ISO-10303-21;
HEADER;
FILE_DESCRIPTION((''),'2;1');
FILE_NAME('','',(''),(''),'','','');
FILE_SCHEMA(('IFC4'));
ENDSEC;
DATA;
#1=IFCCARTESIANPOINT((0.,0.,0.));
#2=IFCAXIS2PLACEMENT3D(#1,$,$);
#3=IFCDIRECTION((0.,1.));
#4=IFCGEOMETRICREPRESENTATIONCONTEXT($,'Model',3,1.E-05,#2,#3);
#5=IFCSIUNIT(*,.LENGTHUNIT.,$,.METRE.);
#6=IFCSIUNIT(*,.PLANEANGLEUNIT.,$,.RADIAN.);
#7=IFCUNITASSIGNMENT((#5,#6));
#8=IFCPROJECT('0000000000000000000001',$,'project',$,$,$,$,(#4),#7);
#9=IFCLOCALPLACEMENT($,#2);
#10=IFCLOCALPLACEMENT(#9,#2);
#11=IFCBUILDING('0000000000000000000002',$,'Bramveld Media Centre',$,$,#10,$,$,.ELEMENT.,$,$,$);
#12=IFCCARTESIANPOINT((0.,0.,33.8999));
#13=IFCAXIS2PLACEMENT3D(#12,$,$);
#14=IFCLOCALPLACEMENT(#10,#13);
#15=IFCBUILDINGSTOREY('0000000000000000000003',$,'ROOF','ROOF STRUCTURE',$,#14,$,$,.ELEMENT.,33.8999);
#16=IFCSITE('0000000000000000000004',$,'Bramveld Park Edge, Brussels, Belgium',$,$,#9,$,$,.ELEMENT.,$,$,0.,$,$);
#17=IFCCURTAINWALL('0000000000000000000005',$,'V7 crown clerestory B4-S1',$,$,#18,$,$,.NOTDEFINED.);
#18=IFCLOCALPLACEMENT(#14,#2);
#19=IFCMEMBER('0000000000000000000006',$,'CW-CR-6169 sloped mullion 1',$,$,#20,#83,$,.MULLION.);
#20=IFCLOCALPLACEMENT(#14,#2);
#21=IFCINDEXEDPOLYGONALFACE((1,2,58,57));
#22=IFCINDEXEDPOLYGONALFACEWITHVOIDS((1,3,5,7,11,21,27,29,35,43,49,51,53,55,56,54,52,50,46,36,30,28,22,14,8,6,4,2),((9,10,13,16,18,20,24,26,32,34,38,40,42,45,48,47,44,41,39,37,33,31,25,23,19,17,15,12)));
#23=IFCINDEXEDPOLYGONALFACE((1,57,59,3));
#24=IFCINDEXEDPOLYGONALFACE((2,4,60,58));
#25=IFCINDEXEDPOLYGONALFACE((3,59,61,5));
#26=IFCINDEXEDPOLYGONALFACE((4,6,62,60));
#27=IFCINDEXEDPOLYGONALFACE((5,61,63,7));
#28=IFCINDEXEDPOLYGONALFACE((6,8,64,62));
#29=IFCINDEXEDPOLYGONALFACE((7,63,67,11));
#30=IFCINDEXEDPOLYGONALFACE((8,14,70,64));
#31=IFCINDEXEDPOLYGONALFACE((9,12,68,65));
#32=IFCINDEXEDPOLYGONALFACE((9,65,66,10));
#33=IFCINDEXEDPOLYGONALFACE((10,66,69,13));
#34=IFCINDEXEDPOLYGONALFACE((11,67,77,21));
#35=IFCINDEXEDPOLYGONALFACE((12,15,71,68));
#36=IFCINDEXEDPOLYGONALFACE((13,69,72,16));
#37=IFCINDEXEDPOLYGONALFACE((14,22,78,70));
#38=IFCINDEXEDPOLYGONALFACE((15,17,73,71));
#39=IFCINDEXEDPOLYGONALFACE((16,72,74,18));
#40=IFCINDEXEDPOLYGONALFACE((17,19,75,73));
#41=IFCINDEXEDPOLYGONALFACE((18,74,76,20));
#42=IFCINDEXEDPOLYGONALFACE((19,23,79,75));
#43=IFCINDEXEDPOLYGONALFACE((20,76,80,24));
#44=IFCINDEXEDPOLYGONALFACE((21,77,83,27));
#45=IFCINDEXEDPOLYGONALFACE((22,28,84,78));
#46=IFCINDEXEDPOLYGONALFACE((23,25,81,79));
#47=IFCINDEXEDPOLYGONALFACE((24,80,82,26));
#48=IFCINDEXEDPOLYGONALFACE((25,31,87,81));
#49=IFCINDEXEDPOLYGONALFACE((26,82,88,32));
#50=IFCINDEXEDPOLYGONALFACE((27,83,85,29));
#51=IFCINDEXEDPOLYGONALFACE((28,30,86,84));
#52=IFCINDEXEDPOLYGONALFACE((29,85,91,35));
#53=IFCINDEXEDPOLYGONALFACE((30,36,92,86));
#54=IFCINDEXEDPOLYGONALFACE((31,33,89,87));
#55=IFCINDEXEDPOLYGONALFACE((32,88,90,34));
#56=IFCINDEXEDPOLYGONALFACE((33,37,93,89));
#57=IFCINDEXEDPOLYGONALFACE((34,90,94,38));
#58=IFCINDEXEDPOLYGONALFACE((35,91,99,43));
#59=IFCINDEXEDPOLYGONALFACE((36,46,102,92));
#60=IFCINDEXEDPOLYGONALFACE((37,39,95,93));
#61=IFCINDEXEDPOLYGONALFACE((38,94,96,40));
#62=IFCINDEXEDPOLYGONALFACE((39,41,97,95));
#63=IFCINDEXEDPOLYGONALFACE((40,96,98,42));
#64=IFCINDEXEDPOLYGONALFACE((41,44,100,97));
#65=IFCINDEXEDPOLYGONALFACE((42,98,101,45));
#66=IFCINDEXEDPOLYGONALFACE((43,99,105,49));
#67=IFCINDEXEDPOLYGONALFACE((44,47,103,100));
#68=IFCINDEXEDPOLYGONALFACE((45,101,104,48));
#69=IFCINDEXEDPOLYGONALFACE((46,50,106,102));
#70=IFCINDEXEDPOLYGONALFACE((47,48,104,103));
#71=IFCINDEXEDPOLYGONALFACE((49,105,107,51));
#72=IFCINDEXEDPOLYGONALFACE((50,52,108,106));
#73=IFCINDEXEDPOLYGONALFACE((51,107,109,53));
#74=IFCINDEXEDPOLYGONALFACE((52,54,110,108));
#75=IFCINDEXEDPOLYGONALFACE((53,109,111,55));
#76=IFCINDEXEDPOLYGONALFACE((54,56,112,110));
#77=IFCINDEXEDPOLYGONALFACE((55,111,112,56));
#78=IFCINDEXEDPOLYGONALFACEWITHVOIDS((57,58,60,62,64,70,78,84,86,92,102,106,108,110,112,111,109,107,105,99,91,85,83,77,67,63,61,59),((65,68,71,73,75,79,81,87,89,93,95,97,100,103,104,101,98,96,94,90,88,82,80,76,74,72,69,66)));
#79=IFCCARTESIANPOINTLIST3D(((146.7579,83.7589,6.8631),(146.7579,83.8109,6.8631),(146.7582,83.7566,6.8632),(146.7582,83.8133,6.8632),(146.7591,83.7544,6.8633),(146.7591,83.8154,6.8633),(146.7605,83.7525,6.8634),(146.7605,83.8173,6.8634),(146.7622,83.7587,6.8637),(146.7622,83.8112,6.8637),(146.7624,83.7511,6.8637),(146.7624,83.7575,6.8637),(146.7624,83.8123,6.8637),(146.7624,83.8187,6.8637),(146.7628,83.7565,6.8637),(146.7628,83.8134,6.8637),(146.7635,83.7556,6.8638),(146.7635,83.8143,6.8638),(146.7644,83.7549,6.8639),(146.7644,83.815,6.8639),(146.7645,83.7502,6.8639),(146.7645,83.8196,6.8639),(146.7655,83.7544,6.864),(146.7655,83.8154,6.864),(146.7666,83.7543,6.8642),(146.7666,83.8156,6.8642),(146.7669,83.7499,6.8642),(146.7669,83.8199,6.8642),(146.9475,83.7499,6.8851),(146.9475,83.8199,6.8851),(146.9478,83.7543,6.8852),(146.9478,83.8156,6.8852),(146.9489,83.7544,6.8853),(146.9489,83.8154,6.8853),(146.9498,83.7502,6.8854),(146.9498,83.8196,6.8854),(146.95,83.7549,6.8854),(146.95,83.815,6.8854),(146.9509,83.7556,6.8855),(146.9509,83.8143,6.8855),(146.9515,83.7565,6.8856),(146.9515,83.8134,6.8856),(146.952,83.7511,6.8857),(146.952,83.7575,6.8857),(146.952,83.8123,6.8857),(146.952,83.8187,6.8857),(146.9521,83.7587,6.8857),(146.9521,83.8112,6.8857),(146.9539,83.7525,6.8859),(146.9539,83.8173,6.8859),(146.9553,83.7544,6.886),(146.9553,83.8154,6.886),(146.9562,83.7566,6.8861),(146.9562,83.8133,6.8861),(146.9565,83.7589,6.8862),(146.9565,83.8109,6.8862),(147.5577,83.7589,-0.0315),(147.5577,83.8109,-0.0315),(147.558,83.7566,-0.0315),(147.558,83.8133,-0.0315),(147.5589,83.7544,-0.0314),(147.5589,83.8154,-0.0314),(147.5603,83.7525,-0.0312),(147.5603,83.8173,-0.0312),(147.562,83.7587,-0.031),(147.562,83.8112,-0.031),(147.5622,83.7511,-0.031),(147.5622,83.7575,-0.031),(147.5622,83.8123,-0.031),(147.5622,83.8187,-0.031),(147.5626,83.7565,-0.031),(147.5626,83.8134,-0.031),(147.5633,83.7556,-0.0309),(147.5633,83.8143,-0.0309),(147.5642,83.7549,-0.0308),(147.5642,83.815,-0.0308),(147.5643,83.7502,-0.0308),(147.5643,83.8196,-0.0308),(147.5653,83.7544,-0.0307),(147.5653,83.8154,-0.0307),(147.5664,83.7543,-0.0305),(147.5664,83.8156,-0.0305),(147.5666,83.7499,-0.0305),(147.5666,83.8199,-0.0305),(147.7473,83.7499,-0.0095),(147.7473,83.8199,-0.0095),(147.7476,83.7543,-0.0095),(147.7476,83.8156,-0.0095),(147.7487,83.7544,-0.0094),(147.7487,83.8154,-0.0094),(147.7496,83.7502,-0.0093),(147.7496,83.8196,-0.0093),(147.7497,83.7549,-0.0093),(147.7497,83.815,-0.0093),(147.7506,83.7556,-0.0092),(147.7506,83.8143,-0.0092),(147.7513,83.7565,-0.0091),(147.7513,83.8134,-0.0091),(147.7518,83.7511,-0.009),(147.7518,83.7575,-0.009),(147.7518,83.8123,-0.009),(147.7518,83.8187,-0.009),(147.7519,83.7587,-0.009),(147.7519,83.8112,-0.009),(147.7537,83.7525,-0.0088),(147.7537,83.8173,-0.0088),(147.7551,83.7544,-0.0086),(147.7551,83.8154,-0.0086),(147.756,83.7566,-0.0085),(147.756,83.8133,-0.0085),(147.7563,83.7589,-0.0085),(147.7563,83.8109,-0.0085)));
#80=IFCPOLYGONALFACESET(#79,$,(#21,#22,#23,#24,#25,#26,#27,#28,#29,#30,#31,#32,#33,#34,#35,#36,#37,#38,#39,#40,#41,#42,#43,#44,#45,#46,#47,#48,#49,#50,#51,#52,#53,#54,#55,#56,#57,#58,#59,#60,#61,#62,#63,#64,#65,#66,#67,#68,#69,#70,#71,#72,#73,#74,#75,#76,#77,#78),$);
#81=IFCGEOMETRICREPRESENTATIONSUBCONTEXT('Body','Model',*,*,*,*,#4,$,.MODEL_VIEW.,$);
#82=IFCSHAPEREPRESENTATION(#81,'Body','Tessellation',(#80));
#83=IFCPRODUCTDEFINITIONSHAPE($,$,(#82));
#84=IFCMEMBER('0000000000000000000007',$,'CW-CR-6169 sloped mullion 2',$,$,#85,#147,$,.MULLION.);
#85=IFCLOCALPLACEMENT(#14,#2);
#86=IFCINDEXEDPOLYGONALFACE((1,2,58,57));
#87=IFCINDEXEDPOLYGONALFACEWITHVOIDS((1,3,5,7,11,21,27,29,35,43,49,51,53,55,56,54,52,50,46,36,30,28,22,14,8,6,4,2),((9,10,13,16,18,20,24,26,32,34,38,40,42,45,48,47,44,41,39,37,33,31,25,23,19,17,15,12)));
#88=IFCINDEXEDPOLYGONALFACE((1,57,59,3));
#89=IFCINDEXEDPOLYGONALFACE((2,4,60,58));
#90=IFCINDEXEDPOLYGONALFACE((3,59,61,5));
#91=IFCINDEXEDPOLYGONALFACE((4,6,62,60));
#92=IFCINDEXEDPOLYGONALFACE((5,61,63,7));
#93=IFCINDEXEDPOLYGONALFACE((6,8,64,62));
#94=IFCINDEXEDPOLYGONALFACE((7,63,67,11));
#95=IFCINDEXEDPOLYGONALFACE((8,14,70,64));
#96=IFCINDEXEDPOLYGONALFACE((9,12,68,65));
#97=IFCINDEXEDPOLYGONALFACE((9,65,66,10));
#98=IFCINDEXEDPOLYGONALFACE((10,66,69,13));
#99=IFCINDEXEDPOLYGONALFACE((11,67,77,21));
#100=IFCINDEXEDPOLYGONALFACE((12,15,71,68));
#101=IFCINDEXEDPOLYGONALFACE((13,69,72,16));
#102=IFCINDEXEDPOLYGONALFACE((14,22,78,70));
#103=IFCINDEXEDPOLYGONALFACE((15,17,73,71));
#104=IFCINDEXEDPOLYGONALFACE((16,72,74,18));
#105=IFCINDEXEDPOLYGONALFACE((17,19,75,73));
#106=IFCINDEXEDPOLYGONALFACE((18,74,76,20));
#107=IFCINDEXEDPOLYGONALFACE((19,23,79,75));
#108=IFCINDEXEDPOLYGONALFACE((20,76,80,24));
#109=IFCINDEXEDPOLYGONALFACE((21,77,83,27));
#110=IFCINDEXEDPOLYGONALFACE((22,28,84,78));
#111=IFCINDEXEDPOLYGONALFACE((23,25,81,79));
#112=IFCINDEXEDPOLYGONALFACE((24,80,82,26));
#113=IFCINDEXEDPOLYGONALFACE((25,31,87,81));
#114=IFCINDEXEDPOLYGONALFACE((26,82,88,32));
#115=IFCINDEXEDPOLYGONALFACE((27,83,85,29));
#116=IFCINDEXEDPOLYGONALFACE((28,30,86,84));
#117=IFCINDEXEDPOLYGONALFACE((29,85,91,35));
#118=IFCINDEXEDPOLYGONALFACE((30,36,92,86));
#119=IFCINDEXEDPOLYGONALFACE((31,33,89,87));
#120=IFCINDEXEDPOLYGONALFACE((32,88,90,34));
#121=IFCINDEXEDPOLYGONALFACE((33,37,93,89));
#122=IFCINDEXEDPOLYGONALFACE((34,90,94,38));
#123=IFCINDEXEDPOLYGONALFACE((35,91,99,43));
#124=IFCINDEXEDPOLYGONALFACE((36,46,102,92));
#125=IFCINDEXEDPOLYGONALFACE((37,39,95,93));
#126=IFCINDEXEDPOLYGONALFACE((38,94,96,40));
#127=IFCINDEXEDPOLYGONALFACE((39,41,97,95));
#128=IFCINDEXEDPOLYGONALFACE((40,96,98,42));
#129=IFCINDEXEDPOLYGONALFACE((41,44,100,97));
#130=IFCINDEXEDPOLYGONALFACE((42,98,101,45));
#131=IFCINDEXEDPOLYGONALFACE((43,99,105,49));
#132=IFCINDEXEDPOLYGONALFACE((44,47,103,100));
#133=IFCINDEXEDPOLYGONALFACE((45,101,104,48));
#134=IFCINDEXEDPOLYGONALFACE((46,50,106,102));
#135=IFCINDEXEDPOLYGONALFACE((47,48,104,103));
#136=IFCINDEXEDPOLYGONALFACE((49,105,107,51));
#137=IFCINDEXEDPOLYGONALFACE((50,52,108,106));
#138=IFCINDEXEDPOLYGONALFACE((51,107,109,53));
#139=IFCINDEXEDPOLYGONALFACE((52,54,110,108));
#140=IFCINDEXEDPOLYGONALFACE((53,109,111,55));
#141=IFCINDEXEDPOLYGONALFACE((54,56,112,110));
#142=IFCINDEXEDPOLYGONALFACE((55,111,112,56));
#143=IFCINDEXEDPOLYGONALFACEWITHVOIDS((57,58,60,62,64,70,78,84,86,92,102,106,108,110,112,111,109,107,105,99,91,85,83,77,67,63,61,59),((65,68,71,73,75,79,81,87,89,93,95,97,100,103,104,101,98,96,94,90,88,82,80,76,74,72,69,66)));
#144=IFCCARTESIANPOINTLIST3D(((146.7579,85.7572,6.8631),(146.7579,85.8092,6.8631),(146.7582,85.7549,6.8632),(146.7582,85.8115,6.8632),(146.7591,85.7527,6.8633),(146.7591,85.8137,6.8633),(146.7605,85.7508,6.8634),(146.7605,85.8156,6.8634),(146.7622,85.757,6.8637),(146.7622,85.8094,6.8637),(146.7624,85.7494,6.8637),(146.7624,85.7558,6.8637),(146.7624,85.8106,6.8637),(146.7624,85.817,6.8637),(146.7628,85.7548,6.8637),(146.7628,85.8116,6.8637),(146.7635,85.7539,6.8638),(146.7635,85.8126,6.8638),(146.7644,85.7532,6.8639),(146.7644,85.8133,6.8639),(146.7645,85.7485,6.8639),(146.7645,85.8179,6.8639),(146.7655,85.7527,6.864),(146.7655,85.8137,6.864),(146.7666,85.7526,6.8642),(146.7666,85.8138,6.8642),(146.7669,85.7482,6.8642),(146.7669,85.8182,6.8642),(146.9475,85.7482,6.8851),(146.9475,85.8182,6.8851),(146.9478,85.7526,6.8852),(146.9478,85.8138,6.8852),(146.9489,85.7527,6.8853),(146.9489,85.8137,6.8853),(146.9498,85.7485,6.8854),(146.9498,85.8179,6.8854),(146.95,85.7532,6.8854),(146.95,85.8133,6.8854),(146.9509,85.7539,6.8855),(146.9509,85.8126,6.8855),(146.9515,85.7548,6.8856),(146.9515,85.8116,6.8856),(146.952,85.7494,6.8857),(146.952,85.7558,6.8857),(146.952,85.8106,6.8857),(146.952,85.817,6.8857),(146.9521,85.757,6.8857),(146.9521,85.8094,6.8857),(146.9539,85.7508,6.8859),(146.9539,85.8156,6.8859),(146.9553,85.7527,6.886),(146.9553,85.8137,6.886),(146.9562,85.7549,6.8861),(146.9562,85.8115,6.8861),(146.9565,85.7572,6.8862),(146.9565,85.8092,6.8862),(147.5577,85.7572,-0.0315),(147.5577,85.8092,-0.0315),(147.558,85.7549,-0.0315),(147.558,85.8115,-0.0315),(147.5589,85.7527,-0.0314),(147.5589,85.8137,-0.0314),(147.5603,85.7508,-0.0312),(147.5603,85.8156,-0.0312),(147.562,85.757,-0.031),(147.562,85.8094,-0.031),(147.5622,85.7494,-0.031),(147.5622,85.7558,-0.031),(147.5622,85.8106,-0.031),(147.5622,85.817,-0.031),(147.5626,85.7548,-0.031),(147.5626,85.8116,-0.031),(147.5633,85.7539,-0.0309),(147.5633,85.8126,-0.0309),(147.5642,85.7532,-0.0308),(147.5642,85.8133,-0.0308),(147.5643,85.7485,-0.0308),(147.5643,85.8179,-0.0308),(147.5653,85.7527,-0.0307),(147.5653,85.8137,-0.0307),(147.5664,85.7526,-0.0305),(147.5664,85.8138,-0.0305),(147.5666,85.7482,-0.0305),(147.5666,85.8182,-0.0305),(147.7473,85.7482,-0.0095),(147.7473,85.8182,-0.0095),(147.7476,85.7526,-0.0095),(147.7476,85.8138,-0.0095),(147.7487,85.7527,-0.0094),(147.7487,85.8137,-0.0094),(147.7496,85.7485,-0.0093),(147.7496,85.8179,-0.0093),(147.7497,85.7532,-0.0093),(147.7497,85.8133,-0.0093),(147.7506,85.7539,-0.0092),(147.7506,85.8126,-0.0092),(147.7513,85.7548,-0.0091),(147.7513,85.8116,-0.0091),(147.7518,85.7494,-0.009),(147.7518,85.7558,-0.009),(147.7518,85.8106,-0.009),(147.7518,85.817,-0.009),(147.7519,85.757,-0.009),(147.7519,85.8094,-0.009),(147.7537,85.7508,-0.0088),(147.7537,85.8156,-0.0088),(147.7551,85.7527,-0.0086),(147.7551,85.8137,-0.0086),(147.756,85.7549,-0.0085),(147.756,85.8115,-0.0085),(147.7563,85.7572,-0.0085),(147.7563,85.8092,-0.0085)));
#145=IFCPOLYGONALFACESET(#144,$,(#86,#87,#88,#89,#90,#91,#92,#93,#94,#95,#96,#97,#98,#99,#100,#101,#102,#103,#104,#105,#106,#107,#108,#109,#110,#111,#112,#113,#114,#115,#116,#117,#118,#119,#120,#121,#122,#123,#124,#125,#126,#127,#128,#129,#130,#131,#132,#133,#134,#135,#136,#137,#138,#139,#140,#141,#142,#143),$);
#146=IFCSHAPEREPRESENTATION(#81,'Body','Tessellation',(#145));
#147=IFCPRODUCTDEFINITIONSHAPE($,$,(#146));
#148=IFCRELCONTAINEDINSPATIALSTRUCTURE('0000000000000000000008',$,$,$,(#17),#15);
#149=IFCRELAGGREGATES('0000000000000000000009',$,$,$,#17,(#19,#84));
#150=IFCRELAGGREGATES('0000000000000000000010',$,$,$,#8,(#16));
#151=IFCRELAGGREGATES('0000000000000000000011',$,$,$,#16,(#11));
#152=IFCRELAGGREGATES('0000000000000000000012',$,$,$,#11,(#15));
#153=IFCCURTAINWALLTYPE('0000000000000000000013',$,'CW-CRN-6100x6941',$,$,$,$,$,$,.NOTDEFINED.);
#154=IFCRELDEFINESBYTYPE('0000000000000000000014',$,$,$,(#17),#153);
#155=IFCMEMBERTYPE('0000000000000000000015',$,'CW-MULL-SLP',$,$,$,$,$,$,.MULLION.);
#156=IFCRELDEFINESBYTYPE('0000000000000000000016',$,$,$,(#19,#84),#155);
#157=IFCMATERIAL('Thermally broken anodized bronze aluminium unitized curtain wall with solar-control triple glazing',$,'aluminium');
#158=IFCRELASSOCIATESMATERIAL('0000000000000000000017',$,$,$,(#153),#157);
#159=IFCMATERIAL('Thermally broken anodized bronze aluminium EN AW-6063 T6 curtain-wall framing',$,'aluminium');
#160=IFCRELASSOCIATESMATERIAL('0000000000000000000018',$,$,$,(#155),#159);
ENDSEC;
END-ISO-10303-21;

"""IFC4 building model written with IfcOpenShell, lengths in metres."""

from ifc_helpers import new_model, si_unit, direction, frame, origin, origin_2d, place, context, subcontext, project, spatial, hollow_rectangle, extrude, material, material_profile, profile_set, type_object, element, aggregate, save


model = new_model("IFC4")

# Units and contexts
model_context = context("Model", 3, precision=1e-05, world=origin(), true_north=direction((0.0, 1.0)))
body_context = subcontext(model_context, "Body", "Model", "MODEL_VIEW")
ifc_project = project(units=[si_unit("LENGTHUNIT", "METRE"), si_unit("PLANEANGLEUNIT", "RADIAN")], contexts=[model_context])

# Site, building, storey
site_placement = place(None, origin())
site = spatial("IfcSite", under=ifc_project, at=site_placement, Name="Bramveld Park Edge, Brussels, Belgium", CompositionType="ELEMENT", RefElevation=0.0)
building_placement = place(site_placement, origin())
building = spatial("IfcBuilding", under=site, at=building_placement, Name="Bramveld Media Centre", CompositionType="ELEMENT")
storey_placement = place(building_placement, frame((0.0, 0.0, 33.8999)))
storey = spatial("IfcBuildingStorey", under=building, at=storey_placement, Name="ROOF", Description="ROOF STRUCTURE", CompositionType="ELEMENT", Elevation=33.8999)

# Curtain wall, members
ifc_material_1 = material(Name="Thermally broken anodized bronze aluminium unitized curtain wall with solar-control triple glazing", Category="aluminium")
curtain_wall_type = type_object("IfcCurtainWallType", Name="CW-CRN-6100x6941", PredefinedType="NOTDEFINED", material=ifc_material_1)
curtain_wall_1_placement = place(storey_placement, origin())
curtain_wall_1 = element("IfcCurtainWall", 1, at=curtain_wall_1_placement, inside=storey, type_object=curtain_wall_type, Name="V7 crown clerestory B4-S1", PredefinedType="NOTDEFINED")
ifc_material_2 = material(Name="Thermally broken anodized bronze aluminium EN AW-6063 T6 curtain-wall framing", Category="aluminium")
ifc_material_profile_1 = material_profile(ifc_material_2, hollow_rectangle(XDim=0.0701, YDim=0.2, WallThickness=0.0044, InnerFilletRadius=0.0044, OuterFilletRadius=0.009, at=origin_2d()), Name="AL-MULL 70x200")
ifc_profile_set_1 = profile_set([ifc_material_profile_1], Name="Thermally broken anodized bronze aluminium EN AW-6063 T6 curtain-wall framing")
member_type_1 = type_object("IfcMemberType", Name="CW-MULL-SLP", PredefinedType="MULLION", material=ifc_profile_set_1)
member_1_placement = place(storey_placement, frame((147.657, 83.7849, -0.02), z_axis=(-0.115229, 0.0, 0.993339), x_axis=(0.0, -1.0, 0.0)))
member_1 = element("IfcMember", 2, at=member_1_placement, type_object=member_type_1, Name="CW-CR-6169 sloped mullion 1", PredefinedType="MULLION", context=body_context, shape_type="SweptSolid", body=[
    extrude(hollow_rectangle(XDim=0.0701, YDim=0.2, WallThickness=0.0044, InnerFilletRadius=0.0044, OuterFilletRadius=0.009, at=origin_2d()), origin(), (0.0, 0.0, 1.0), 6.9409),
])
member_2_placement = place(storey_placement, frame((147.657, 85.7832, -0.02), z_axis=(-0.115229, 0.0, 0.993339), x_axis=(0.0, -1.0, 0.0)))
member_2 = element("IfcMember", 3, at=member_2_placement, type_object=member_type_1, Name="CW-CR-6169 sloped mullion 2", PredefinedType="MULLION", context=body_context, shape_type="SweptSolid", body=[
    extrude(hollow_rectangle(XDim=0.0701, YDim=0.2, WallThickness=0.0044, InnerFilletRadius=0.0044, OuterFilletRadius=0.009, at=origin_2d()), origin(), (0.0, 0.0, 1.0), 6.9409),
])

aggregate(curtain_wall_1, [member_1, member_2])

save(model, "model.ifc")
